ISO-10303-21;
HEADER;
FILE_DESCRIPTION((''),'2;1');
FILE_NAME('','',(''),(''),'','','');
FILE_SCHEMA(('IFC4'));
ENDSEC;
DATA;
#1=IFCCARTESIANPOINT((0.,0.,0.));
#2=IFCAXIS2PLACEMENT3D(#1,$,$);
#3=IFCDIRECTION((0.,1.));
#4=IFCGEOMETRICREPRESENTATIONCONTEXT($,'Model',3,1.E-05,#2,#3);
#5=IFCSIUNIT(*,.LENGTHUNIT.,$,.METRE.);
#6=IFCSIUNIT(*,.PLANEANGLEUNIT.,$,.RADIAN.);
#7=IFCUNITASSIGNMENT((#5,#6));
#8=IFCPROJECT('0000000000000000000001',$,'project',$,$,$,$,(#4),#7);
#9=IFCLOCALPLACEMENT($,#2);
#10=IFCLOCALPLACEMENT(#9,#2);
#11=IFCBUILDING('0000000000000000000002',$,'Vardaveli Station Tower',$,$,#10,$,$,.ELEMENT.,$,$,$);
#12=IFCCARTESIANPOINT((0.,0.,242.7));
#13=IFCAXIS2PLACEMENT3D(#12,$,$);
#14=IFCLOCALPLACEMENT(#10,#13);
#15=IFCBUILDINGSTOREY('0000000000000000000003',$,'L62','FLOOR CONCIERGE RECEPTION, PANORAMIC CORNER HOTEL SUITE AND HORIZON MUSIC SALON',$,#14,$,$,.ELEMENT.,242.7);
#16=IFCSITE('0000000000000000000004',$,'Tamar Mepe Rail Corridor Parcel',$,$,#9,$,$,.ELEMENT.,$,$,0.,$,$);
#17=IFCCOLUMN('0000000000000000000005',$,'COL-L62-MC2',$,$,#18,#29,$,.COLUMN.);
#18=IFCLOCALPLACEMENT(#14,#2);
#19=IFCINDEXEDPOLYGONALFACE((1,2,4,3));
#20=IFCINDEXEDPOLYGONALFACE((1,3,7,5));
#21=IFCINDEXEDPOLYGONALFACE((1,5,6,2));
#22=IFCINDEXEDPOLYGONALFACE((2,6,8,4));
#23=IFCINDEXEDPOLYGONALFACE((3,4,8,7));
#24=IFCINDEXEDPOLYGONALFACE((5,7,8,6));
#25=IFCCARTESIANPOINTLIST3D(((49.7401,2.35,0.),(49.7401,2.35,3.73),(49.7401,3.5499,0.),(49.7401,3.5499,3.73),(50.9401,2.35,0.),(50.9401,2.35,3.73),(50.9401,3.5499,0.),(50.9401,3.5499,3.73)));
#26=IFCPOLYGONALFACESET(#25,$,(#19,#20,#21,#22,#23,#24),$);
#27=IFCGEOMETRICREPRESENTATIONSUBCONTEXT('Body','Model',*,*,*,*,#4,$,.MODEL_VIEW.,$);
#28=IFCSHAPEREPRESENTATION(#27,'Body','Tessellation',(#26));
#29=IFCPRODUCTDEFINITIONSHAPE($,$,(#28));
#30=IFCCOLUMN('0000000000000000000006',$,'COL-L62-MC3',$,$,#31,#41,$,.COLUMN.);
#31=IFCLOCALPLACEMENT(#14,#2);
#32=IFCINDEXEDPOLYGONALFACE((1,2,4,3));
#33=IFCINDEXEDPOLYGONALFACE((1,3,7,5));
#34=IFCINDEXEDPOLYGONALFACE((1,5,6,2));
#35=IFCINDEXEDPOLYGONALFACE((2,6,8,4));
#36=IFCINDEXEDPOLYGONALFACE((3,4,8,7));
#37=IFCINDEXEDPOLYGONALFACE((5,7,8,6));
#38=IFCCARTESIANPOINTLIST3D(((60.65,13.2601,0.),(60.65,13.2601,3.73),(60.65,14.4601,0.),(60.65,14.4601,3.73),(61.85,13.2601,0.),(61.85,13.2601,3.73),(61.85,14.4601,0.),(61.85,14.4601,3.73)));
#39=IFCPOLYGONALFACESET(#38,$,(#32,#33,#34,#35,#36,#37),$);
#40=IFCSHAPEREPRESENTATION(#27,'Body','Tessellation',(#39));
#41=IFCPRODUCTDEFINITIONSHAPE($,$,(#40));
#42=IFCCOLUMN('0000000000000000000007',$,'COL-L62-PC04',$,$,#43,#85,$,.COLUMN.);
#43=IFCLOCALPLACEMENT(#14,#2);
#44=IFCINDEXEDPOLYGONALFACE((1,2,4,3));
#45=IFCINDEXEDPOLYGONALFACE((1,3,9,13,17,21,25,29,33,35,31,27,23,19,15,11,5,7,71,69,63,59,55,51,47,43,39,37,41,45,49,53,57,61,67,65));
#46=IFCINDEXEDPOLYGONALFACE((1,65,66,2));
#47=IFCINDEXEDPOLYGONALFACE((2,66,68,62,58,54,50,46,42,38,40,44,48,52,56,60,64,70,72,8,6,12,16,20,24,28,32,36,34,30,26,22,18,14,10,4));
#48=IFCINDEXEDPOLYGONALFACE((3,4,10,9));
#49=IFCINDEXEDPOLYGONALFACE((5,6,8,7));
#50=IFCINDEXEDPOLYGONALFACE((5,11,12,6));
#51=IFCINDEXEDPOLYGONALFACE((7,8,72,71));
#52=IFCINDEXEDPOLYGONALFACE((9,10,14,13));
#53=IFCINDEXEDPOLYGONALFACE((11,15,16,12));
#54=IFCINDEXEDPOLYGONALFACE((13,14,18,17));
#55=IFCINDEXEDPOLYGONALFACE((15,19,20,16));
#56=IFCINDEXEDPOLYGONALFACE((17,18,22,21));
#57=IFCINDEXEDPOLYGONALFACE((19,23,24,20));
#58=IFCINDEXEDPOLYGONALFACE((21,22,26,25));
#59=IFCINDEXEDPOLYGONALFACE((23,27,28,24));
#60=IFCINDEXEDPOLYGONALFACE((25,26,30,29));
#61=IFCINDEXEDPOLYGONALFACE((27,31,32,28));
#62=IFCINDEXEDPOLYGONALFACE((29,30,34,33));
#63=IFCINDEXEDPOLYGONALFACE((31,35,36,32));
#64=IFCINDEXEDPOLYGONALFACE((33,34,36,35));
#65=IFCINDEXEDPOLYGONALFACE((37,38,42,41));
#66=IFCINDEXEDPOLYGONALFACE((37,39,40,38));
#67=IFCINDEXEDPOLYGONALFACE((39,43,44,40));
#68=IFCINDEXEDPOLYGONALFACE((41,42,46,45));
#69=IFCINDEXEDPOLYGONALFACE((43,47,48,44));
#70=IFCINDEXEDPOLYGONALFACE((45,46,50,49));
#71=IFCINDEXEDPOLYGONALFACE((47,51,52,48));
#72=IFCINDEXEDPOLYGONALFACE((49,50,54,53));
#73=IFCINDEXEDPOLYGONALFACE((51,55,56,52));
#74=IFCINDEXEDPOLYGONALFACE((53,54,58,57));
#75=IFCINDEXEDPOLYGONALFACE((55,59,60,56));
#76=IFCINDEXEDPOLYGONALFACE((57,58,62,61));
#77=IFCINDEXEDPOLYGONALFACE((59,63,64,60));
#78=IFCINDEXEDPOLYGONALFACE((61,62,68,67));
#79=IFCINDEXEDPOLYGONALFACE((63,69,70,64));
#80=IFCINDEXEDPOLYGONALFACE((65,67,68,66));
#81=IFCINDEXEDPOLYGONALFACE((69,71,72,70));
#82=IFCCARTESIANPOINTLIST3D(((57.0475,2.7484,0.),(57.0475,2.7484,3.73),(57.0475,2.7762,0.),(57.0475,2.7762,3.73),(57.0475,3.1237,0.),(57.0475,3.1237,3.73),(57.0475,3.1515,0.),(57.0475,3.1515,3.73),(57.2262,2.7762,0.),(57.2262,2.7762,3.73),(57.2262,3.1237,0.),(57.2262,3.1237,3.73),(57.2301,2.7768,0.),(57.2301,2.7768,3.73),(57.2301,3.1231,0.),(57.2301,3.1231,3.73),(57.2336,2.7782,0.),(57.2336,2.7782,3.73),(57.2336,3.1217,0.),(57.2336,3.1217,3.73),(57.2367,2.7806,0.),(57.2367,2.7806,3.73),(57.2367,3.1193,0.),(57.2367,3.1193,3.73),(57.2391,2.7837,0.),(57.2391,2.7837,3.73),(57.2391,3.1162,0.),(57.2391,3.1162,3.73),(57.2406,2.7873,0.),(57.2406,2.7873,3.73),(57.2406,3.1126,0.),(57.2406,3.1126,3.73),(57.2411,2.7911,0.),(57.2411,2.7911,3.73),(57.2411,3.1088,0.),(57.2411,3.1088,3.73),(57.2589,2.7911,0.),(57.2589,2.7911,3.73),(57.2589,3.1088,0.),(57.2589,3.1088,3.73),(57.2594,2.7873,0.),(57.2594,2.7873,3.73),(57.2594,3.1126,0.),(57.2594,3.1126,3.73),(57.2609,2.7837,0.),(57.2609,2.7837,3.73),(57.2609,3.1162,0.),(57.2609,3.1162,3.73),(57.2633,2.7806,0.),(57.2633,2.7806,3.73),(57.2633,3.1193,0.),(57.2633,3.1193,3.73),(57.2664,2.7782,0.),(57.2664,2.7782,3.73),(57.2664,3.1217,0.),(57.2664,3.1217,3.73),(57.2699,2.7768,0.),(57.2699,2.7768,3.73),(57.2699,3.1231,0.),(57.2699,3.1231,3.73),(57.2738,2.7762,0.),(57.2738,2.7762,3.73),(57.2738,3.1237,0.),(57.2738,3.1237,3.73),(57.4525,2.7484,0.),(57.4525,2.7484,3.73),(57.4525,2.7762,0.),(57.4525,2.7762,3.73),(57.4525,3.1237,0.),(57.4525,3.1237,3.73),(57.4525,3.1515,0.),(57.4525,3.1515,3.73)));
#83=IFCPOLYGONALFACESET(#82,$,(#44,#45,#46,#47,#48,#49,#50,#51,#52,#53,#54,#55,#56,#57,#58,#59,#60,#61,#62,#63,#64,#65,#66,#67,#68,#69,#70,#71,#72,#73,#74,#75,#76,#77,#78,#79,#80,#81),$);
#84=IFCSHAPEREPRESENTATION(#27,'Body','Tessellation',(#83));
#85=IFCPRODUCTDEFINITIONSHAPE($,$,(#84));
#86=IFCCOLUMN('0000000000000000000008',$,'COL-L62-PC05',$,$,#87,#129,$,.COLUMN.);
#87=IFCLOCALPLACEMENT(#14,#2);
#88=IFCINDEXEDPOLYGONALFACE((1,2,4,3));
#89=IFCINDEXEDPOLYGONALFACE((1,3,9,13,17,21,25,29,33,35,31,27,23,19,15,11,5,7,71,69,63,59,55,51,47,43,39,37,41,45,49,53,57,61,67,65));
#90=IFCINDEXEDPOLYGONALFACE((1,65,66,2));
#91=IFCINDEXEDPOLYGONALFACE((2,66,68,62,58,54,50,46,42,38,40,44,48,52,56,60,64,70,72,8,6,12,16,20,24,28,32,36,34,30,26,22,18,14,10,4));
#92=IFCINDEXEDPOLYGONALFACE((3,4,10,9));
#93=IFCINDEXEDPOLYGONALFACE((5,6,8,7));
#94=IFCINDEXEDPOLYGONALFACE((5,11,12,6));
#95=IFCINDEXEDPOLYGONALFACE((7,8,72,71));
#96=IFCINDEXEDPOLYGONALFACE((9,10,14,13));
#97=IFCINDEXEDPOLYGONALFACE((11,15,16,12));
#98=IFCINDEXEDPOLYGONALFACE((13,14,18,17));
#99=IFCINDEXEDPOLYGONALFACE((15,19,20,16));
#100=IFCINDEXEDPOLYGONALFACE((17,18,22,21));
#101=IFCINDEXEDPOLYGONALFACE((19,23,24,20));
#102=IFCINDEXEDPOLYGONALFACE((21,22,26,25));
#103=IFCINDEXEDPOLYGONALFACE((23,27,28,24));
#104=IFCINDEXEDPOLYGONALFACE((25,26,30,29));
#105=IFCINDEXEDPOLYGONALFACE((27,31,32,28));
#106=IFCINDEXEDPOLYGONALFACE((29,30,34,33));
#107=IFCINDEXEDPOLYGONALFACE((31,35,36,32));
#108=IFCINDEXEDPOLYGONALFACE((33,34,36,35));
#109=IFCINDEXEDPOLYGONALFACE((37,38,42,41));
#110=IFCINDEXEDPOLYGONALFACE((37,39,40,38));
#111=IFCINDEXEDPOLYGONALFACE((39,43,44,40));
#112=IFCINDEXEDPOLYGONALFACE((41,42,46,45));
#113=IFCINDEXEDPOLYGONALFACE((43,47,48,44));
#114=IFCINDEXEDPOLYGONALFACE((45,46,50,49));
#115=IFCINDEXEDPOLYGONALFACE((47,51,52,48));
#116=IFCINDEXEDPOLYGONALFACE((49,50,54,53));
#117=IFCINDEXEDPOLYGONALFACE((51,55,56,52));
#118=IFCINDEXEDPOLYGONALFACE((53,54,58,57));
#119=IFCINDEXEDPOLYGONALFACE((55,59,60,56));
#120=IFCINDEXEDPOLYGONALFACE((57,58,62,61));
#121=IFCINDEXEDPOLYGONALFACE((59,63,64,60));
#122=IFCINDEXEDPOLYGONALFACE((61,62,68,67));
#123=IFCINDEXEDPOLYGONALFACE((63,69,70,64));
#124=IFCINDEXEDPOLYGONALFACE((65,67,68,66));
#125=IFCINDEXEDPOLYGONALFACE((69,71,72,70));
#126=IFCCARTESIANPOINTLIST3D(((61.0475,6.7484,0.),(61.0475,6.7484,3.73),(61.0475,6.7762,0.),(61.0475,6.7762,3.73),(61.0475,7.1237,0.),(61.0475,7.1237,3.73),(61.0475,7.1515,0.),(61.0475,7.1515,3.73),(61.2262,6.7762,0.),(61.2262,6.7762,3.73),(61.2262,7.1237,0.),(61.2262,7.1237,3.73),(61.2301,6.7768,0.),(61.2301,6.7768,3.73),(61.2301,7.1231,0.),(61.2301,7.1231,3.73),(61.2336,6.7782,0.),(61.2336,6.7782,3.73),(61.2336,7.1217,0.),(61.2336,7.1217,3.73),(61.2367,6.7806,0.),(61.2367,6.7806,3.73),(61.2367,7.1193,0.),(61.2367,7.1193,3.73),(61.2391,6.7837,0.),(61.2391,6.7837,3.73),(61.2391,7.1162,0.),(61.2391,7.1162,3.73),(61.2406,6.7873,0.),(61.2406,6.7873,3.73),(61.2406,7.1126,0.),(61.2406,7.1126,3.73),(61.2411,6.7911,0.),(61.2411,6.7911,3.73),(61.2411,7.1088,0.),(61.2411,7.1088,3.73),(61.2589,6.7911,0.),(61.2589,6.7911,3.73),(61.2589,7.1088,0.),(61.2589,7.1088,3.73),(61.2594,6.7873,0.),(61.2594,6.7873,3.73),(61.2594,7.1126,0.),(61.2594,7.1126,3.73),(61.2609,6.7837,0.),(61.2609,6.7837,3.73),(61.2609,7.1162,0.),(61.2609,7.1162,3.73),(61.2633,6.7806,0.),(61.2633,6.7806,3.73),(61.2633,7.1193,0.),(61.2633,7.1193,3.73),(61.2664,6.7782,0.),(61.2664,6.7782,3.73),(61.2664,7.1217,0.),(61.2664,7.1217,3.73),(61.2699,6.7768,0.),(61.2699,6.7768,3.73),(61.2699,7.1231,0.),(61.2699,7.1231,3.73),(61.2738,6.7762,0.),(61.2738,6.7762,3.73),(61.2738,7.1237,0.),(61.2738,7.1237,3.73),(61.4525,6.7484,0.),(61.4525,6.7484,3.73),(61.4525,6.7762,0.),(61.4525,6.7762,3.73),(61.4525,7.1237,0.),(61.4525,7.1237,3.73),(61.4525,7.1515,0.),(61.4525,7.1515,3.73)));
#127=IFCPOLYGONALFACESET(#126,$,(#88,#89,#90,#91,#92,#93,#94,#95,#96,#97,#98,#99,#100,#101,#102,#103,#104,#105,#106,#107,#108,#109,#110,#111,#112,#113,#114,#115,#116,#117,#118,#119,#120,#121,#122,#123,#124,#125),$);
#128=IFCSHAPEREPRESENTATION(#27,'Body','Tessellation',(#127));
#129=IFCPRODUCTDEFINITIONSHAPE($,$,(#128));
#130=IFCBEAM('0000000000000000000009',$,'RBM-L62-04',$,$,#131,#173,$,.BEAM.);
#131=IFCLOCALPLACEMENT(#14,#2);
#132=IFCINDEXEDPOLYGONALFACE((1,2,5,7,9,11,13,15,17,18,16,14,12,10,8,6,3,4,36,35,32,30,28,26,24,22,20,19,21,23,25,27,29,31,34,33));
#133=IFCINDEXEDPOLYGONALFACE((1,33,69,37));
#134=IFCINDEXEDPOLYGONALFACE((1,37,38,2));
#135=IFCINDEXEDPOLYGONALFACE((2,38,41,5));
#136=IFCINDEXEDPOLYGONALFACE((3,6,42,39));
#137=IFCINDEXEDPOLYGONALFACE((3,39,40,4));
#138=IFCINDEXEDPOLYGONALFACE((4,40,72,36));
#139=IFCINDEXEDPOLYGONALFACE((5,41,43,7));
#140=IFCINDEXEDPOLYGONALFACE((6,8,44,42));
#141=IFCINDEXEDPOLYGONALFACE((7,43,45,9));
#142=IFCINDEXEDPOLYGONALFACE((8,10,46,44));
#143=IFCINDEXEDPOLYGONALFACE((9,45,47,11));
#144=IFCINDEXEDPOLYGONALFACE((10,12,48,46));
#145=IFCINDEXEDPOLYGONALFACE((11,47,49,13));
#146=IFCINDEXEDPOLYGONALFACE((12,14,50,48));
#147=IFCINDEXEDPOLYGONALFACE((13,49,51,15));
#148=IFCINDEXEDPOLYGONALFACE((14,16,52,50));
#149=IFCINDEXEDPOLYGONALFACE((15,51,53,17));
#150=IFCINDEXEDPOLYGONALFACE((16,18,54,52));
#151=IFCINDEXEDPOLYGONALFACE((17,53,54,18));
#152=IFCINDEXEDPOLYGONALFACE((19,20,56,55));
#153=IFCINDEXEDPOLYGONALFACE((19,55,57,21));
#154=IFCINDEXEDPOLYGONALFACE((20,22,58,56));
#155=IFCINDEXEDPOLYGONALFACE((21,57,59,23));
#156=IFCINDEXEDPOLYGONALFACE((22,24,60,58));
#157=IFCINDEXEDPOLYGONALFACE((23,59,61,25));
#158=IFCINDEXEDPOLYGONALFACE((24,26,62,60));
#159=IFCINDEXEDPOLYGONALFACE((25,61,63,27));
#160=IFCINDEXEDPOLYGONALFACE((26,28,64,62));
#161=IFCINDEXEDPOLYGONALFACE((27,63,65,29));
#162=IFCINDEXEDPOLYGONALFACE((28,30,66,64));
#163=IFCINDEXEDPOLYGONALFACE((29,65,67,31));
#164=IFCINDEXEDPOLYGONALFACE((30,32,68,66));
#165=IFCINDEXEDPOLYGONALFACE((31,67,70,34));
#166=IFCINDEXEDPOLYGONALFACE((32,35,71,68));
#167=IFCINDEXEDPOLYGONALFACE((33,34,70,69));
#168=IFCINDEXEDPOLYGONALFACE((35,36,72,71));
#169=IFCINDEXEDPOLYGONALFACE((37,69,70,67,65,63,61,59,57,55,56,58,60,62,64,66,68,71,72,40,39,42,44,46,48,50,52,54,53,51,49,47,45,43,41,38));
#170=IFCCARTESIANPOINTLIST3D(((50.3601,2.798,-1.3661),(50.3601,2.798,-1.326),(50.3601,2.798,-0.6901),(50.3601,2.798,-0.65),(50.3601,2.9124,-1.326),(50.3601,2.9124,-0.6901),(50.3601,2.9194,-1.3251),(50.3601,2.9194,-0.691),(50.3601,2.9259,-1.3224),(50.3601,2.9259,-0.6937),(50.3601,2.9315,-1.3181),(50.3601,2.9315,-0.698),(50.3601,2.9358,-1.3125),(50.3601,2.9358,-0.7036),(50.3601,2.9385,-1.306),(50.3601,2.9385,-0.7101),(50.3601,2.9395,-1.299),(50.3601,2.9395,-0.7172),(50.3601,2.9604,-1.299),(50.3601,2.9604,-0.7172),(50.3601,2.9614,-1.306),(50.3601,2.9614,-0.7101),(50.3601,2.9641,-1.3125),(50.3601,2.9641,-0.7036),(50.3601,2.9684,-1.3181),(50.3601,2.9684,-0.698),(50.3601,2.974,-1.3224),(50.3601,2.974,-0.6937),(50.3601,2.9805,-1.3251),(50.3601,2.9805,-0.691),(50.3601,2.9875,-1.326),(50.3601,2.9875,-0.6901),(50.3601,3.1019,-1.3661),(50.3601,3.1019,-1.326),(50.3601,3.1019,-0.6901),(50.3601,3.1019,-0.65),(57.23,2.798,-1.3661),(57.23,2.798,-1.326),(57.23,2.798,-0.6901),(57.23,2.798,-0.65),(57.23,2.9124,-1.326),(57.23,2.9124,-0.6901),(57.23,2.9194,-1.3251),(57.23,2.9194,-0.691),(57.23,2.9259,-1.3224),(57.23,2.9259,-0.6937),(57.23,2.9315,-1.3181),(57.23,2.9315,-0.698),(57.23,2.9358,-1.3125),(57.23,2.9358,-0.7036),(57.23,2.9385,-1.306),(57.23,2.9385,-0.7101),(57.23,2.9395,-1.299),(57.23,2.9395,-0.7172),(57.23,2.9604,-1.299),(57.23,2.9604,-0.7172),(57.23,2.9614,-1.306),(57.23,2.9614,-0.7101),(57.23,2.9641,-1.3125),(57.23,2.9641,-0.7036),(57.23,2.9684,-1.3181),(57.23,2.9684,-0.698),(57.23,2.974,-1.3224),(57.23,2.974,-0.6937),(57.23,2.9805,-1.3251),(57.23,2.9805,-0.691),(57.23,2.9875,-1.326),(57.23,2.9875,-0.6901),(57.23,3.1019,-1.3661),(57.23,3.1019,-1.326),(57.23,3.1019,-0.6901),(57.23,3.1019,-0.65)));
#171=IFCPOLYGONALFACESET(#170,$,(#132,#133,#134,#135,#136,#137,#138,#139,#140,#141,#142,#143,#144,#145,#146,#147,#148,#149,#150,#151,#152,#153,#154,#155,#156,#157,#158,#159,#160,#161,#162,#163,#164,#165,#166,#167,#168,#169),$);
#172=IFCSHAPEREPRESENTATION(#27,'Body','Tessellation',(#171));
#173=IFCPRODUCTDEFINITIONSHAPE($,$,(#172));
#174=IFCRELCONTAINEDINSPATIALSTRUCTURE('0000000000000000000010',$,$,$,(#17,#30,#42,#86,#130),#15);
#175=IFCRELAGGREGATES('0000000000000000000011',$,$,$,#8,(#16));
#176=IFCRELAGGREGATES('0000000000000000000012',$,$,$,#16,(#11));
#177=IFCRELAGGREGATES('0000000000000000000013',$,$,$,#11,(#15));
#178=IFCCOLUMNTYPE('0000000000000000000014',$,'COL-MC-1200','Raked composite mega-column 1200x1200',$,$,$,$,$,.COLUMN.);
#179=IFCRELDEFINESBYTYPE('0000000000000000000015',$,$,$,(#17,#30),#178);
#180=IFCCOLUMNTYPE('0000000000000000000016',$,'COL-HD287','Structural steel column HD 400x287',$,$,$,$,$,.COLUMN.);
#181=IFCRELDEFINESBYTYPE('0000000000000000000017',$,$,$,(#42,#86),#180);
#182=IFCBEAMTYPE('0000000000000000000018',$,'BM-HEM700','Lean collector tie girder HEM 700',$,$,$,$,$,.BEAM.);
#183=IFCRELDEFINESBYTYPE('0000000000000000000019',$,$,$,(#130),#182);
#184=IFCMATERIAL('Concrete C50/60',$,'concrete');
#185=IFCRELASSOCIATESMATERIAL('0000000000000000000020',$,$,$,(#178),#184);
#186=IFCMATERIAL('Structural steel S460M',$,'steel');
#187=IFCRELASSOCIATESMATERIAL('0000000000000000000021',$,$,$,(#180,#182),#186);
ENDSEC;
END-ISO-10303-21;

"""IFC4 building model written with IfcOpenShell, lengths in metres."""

from ifc_helpers import new_model, si_unit, direction, frame, origin, origin_2d, place, context, subcontext, project, spatial, rectangle, i_section, extrude, source, transform, mapped, material, material_profile, profile_set, type_object, element, save


model = new_model("IFC4")

# Units and contexts
model_context = context("Model", 3, precision=1e-05, world=origin(), true_north=direction((0.0, 1.0)))
body_context = subcontext(model_context, "Body", "Model", "MODEL_VIEW")
ifc_project = project(units=[si_unit("LENGTHUNIT", "METRE"), si_unit("PLANEANGLEUNIT", "RADIAN")], contexts=[model_context])

# Site, building, storey
site_placement = place(None, origin())
site = spatial("IfcSite", under=ifc_project, at=site_placement, Name="Tamar Mepe Rail Corridor Parcel", CompositionType="ELEMENT", RefElevation=0.0)
building_placement = place(site_placement, origin())
building = spatial("IfcBuilding", under=site, at=building_placement, Name="Vardaveli Station Tower", CompositionType="ELEMENT")
storey_placement = place(building_placement, frame((0.0, 0.0, 242.7)))
storey = spatial("IfcBuildingStorey", under=building, at=storey_placement, Name="L62", Description="FLOOR CONCIERGE RECEPTION, PANORAMIC CORNER HOTEL SUITE AND HORIZON MUSIC SALON", CompositionType="ELEMENT", Elevation=242.7)

# Columns
ifc_material_1 = material(Name="Concrete C50/60", Category="concrete")
ifc_material_profile_1 = material_profile(ifc_material_1, rectangle(XDim=1.2, YDim=1.2, at=origin_2d()), Name="MC 1200x1200")
ifc_profile_set_1 = profile_set([ifc_material_profile_1], Name="Concrete C50/60")
column_type_1 = type_object("IfcColumnType", Name="COL-MC-1200", Description="Raked composite mega-column 1200x1200", PredefinedType="COLUMN", material=ifc_profile_set_1)
shared_shape_1 = source(origin(), body_context, "Body", "SweptSolid", [
    extrude(rectangle(XDim=1.2, YDim=1.2, at=origin_2d()), origin(), (0.0, 0.0, 1.0), 3.73),
])
for number, where, z_axis, x_axis, name in (
    (1, (50.3401, 2.95, 0.0), (0.0, 0.0, 1.0), (1.0, 0.0, 0.0), "COL-L62-MC2"),
    (2, (61.25, 13.8601, 0.0), (0.0, 0.0, 1.0), (1.0, 0.0, 0.0), "COL-L62-MC3"),
):
    element("IfcColumn", number, at=place(storey_placement, frame(where, z_axis=z_axis, x_axis=x_axis)), inside=storey, type_object=column_type_1, Name=name, PredefinedType="COLUMN", context=body_context, shape_type="MappedRepresentation", body=[
        mapped(shared_shape_1, transform((0.0, 0.0, 0.0), scale=1.0)),
    ])
ifc_material_2 = material(Name="Structural steel S460M", Category="steel")
ifc_material_profile_2 = material_profile(ifc_material_2, i_section(OverallWidth=0.405, OverallDepth=0.4031, WebThickness=0.0178, FlangeThickness=0.0278, FilletRadius=0.0149, at=origin_2d()), Name="HD 400x287")
ifc_profile_set_2 = profile_set([ifc_material_profile_2], Name="Structural steel S460M")
column_type_2 = type_object("IfcColumnType", Name="COL-HD287", Description="Structural steel column HD 400x287", PredefinedType="COLUMN", material=ifc_profile_set_2)
shared_shape_2 = source(origin(), body_context, "Body", "SweptSolid", [
    extrude(i_section(OverallWidth=0.405, OverallDepth=0.4031, WebThickness=0.0178, FlangeThickness=0.0278, FilletRadius=0.0149, at=origin_2d()), origin(), (0.0, 0.0, 1.0), 3.73),
])
for number, where, z_axis, x_axis, name in (
    (3, (57.25, 2.95, 0.0), (0.0, 0.0, 1.0), (1.0, 0.0, 0.0), "COL-L62-PC04"),
    (4, (61.25, 6.95, 0.0), (0.0, 0.0, 1.0), (1.0, 0.0, 0.0), "COL-L62-PC05"),
):
    element("IfcColumn", number, at=place(storey_placement, frame(where, z_axis=z_axis, x_axis=x_axis)), inside=storey, type_object=column_type_2, Name=name, PredefinedType="COLUMN", context=body_context, shape_type="MappedRepresentation", body=[
        mapped(shared_shape_2, transform((0.0, 0.0, 0.0), scale=1.0)),
    ])

# Beam
ifc_material_profile_3 = material_profile(ifc_material_2, i_section(OverallWidth=0.304, OverallDepth=0.7161, WebThickness=0.021, FlangeThickness=0.04, FilletRadius=0.0271, at=origin_2d()), Name="HEM 700")
ifc_profile_set_3 = profile_set([ifc_material_profile_3], Name="Structural steel S460M")
beam_type_1 = type_object("IfcBeamType", Name="BM-HEM700", Description="Lean collector tie girder HEM 700", PredefinedType="BEAM", material=ifc_profile_set_3)
shared_shape_3 = source(origin(), body_context, "Body", "SweptSolid", [
    extrude(i_section(OverallWidth=0.304, OverallDepth=0.7161, WebThickness=0.021, FlangeThickness=0.04, FilletRadius=0.0271, at=origin_2d()), origin(), (0.0, 0.0, 1.0), 6.8699),
])
beam_1_placement = place(storey_placement, frame((50.3601, 2.95, -1.0081), z_axis=(1.0, 0.0, 0.0), x_axis=(0.0, 1.0, 0.0)))
element("IfcBeam", 5, at=beam_1_placement, inside=storey, type_object=beam_type_1, Name="RBM-L62-04", PredefinedType="BEAM", context=body_context, shape_type="MappedRepresentation", body=[
    mapped(shared_shape_3, transform((0.0, 0.0, 0.0), scale=1.0)),
])

save(model, "model.ifc")
